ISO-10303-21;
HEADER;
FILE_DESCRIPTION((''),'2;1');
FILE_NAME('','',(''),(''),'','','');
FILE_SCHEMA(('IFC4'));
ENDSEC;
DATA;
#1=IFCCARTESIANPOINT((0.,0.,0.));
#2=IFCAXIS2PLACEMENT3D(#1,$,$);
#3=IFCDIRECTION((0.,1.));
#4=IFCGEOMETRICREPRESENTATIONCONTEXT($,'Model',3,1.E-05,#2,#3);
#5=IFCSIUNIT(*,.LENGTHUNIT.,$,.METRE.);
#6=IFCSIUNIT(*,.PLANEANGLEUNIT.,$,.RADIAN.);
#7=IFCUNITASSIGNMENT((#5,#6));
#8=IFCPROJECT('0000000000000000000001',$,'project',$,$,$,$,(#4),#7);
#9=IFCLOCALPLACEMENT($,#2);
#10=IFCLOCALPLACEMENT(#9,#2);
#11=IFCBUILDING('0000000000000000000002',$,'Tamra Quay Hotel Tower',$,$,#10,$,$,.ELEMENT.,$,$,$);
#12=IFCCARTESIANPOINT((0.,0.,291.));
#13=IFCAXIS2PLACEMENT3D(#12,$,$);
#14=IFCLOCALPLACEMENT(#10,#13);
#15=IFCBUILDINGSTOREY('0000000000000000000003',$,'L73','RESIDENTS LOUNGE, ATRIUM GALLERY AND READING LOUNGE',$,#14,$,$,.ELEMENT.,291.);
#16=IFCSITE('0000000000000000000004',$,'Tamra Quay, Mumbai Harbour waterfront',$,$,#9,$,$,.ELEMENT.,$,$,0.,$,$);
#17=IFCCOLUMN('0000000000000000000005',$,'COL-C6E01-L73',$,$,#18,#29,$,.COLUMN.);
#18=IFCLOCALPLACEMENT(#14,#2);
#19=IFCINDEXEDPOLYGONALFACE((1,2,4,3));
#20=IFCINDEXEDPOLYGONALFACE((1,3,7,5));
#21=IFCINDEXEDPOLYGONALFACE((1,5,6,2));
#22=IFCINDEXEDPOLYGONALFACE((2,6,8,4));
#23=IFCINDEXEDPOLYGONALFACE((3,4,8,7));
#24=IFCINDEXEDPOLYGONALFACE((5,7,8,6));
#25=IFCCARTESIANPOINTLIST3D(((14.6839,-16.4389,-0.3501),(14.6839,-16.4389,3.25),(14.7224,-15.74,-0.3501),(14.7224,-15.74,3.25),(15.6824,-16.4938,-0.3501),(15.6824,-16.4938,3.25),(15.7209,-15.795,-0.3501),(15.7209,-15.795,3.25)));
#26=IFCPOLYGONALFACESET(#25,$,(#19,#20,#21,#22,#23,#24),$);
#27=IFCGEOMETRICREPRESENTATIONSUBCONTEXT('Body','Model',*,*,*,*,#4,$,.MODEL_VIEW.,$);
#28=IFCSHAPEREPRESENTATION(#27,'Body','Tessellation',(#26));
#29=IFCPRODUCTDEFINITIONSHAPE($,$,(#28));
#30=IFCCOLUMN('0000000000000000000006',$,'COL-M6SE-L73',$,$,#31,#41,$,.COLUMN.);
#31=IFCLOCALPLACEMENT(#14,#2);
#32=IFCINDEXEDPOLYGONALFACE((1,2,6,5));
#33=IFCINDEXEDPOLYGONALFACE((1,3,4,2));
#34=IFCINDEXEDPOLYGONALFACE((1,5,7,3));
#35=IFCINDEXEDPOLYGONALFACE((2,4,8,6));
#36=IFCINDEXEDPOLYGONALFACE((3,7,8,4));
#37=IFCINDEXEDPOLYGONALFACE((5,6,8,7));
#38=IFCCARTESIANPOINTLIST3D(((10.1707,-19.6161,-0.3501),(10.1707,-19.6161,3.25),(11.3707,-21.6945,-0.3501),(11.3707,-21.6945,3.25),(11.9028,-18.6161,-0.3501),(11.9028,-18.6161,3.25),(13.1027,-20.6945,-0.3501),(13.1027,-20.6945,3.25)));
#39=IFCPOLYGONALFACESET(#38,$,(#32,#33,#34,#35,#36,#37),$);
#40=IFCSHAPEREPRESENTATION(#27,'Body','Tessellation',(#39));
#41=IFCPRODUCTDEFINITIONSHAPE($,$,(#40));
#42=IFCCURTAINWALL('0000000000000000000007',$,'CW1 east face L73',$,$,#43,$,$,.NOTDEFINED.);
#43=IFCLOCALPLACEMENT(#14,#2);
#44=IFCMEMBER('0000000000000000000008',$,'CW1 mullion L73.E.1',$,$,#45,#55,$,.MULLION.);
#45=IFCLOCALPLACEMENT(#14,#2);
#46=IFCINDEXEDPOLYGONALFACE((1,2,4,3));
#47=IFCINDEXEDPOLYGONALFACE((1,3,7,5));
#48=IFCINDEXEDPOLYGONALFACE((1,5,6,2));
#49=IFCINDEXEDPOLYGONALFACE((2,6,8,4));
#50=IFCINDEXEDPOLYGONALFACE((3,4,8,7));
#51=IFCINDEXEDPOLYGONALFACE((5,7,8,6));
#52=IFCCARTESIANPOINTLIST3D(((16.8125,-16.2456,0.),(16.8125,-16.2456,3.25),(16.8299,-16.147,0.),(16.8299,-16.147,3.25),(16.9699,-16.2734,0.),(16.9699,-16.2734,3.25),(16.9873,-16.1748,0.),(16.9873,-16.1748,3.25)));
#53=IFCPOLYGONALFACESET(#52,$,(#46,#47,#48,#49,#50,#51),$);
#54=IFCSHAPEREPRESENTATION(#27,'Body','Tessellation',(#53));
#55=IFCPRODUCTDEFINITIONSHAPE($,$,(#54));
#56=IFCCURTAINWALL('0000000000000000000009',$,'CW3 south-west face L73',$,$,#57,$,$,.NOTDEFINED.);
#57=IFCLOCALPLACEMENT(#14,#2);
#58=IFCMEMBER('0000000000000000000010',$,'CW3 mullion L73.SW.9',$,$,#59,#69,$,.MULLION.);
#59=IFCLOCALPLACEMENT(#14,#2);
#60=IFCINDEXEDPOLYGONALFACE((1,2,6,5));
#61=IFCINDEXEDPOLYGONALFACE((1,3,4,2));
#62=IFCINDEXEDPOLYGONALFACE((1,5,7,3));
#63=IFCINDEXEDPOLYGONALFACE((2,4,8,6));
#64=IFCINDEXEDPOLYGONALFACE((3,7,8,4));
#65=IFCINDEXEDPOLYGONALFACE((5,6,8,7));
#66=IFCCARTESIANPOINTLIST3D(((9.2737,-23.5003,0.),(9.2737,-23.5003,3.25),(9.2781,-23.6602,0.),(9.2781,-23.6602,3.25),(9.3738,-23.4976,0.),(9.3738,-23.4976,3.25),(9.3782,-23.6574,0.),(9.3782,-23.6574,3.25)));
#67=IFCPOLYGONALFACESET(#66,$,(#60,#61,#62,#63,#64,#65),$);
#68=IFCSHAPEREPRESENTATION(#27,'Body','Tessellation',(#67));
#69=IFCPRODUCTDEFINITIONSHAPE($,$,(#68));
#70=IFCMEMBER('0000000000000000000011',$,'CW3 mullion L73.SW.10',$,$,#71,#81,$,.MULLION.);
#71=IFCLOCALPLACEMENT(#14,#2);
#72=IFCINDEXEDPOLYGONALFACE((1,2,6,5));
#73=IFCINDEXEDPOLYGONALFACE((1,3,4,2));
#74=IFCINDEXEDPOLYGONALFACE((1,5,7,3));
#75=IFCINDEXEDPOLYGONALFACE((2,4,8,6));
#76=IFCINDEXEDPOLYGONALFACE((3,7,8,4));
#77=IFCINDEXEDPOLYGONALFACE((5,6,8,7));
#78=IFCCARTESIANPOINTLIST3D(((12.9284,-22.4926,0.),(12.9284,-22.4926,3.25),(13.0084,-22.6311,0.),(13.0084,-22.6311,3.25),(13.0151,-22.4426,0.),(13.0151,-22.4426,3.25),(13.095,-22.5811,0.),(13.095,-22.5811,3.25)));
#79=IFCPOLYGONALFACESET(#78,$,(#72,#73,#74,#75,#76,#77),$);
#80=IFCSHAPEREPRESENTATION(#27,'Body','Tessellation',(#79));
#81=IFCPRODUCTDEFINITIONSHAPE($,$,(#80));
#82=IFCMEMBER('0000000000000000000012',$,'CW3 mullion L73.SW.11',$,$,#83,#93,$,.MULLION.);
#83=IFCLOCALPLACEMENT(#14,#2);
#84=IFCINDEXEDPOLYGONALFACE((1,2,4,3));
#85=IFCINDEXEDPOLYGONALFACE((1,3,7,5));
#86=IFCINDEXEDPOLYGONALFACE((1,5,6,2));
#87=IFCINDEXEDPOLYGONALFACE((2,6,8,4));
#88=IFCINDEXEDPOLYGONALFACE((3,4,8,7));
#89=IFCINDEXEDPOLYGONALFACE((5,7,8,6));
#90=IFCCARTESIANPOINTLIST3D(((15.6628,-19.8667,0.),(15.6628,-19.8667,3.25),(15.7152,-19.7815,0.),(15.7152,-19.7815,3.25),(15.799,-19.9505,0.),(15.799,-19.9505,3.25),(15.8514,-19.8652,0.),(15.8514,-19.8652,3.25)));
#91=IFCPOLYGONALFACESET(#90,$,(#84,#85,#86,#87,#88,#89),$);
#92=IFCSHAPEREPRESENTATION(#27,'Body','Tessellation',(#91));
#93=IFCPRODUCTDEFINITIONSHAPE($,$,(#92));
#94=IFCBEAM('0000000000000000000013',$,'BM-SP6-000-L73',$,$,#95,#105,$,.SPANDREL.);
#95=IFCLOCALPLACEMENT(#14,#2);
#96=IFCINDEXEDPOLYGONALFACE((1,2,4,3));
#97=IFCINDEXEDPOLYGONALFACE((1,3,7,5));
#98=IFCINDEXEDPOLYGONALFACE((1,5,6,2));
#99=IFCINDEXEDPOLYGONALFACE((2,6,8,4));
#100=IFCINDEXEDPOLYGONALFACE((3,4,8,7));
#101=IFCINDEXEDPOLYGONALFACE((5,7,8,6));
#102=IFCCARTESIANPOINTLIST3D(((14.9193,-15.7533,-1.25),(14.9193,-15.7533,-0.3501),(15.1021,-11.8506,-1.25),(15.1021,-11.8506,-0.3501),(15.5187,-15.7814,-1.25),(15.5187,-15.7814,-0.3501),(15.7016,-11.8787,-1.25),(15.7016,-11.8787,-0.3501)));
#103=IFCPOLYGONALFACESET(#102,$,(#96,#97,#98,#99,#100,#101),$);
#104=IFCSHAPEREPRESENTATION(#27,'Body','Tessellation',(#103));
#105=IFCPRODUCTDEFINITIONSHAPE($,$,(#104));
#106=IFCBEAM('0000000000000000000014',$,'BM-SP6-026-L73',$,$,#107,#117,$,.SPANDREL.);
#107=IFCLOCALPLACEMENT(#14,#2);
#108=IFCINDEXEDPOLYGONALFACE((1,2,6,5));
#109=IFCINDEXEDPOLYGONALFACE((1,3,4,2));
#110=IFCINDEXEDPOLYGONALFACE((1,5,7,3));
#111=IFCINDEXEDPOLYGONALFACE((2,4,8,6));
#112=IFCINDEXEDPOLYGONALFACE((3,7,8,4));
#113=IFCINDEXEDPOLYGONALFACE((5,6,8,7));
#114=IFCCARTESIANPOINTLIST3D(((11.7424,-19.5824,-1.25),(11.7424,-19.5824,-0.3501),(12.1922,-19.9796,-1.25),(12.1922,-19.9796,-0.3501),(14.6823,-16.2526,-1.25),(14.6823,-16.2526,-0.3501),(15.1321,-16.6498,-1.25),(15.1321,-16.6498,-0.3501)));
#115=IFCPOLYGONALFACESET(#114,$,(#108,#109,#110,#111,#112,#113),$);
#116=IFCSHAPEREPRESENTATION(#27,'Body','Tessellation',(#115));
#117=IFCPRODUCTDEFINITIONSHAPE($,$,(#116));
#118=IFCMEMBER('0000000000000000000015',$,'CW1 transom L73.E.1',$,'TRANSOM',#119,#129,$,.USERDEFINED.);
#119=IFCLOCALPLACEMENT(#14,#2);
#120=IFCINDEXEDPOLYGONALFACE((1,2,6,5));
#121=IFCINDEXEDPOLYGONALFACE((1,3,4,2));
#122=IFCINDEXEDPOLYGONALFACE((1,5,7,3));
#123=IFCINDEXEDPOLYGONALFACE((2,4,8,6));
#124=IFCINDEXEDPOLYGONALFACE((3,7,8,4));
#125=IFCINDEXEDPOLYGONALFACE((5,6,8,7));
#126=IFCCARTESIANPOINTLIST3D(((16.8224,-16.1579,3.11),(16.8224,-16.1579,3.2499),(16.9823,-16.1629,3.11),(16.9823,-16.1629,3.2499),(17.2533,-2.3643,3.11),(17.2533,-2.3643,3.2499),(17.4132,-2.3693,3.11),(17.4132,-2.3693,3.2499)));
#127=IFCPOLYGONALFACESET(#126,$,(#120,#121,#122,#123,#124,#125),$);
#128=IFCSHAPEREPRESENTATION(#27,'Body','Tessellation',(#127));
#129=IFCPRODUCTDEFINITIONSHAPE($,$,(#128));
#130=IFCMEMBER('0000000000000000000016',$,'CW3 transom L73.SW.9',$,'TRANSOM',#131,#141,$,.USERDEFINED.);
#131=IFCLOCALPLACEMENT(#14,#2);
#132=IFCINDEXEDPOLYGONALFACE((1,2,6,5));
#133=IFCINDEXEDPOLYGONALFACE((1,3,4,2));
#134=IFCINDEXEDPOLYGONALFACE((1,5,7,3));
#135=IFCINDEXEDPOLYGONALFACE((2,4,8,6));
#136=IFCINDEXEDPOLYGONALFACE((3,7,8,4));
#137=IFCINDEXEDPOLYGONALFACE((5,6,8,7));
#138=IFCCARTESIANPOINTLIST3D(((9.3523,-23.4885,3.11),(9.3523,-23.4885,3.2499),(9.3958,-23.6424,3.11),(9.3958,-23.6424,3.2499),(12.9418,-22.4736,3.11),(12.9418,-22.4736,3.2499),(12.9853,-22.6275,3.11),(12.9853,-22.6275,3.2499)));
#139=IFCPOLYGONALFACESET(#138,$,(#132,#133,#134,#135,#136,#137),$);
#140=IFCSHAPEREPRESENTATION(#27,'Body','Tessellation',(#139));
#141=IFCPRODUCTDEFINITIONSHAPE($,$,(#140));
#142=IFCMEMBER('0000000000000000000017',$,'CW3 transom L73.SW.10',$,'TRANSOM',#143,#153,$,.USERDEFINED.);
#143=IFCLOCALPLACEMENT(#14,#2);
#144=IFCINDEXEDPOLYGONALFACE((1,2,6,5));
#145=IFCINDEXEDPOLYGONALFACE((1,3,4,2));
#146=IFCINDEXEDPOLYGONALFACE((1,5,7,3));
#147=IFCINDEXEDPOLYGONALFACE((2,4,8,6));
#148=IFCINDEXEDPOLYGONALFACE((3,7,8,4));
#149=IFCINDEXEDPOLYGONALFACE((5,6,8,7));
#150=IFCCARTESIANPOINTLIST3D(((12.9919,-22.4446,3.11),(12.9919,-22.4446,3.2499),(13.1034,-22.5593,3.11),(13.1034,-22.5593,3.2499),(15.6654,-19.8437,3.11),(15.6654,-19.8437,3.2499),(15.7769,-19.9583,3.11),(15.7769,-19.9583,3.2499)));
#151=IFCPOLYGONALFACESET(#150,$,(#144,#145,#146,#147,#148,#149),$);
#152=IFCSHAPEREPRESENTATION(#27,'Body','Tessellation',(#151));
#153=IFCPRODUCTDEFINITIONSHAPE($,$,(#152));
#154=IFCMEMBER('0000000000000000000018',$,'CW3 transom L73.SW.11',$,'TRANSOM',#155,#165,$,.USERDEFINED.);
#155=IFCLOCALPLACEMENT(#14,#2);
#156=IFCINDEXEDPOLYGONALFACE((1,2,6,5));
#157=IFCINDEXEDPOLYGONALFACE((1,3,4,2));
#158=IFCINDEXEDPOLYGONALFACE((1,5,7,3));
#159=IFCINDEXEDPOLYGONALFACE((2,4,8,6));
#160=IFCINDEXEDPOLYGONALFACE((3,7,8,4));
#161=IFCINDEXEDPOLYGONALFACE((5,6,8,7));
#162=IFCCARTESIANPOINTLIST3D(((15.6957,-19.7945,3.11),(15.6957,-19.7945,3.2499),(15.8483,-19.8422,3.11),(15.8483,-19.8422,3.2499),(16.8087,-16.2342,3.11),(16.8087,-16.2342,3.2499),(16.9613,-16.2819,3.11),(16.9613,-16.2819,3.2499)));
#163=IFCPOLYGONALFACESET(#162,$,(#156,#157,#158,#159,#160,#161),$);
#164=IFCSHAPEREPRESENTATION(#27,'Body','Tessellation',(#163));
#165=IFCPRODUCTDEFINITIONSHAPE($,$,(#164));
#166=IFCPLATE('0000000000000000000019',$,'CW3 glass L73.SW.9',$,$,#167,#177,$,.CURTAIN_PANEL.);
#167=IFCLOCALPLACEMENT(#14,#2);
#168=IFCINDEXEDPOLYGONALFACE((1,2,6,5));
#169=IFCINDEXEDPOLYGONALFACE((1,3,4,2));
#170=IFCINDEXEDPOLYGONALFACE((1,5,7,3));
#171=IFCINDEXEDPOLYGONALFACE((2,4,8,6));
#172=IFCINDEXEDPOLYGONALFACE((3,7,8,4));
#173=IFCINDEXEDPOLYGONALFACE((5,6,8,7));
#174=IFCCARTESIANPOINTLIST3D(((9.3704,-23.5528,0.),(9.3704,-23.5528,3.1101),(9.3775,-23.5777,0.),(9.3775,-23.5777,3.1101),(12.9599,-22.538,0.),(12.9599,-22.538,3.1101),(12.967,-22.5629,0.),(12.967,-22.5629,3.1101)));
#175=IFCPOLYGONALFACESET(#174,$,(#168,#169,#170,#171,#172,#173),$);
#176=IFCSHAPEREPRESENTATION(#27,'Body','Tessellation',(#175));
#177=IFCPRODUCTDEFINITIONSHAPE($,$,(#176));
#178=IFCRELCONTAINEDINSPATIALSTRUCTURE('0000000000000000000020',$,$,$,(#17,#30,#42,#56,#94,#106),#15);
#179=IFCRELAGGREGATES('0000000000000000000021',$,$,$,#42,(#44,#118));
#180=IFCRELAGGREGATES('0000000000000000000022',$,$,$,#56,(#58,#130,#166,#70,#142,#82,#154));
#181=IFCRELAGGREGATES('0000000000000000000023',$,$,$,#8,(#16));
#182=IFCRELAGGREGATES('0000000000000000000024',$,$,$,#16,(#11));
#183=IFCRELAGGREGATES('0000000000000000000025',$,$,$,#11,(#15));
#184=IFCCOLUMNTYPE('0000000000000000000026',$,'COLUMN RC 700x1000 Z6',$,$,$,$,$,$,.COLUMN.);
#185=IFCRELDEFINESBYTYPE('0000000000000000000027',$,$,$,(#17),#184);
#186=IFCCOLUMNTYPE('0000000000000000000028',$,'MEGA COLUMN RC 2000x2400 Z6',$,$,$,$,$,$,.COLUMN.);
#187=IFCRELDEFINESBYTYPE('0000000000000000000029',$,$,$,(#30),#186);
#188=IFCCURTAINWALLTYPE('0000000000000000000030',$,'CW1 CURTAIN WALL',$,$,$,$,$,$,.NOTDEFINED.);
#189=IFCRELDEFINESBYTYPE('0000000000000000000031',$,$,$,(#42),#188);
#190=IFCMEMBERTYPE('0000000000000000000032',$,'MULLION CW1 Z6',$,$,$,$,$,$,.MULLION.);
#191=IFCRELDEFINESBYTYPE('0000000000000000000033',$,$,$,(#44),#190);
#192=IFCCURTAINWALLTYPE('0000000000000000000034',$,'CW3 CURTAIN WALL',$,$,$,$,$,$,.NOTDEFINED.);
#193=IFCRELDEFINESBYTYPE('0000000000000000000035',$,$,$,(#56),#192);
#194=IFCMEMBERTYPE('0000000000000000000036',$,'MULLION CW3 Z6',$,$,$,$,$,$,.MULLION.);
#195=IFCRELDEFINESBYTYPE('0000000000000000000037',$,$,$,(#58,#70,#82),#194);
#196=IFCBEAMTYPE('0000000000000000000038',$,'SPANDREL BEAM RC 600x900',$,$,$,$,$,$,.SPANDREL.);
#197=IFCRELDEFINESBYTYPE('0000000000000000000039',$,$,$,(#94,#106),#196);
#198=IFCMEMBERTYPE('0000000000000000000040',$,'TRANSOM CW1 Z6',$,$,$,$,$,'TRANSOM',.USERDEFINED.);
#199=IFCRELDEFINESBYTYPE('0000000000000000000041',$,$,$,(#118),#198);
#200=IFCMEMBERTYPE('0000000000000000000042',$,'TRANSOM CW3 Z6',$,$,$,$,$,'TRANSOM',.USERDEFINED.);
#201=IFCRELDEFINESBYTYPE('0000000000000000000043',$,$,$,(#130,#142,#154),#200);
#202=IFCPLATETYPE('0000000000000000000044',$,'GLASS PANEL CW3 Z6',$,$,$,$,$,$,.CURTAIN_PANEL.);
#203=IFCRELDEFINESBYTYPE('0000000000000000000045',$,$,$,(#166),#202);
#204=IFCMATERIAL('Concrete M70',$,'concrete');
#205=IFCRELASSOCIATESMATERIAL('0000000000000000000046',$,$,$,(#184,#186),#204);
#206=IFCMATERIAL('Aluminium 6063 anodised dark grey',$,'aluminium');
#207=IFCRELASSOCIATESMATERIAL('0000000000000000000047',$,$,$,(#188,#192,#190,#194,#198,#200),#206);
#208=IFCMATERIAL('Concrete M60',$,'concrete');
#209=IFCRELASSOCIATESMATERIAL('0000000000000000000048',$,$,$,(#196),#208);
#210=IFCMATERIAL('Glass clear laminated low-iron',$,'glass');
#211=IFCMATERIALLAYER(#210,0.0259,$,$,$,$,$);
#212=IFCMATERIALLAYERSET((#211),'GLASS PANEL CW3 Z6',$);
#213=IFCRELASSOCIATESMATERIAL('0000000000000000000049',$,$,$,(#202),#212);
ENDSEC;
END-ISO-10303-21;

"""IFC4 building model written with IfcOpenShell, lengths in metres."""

from ifc_helpers import new_model, si_unit, direction, frame, origin, origin_2d, place, context, subcontext, project, spatial, rectangle, extrude, material, layer, layer_set, material_profile, profile_set, type_object, element, aggregate, save


model = new_model("IFC4")

# Units and contexts
model_context = context("Model", 3, precision=1e-05, world=origin(), true_north=direction((0.0, 1.0)))
body_context = subcontext(model_context, "Body", "Model", "MODEL_VIEW")
ifc_project = project(units=[si_unit("LENGTHUNIT", "METRE"), si_unit("PLANEANGLEUNIT", "RADIAN")], contexts=[model_context])

# Site, building, storey
site_placement = place(None, origin())
site = spatial("IfcSite", under=ifc_project, at=site_placement, Name="Tamra Quay, Mumbai Harbour waterfront", CompositionType="ELEMENT", RefElevation=0.0)
building_placement = place(site_placement, origin())
building = spatial("IfcBuilding", under=site, at=building_placement, Name="Tamra Quay Hotel Tower", CompositionType="ELEMENT")
storey_placement = place(building_placement, frame((0.0, 0.0, 291.0)))
storey = spatial("IfcBuildingStorey", under=building, at=storey_placement, Name="L73", Description="RESIDENTS LOUNGE, ATRIUM GALLERY AND READING LOUNGE", CompositionType="ELEMENT", Elevation=291.0)

# Columns
ifc_material_1 = material(Name="Concrete M70", Category="concrete")
ifc_material_profile_1 = material_profile(ifc_material_1, rectangle(XDim=1.0, YDim=0.7, at=origin_2d()), Name="COLUMN RC 700x1000 Z6")
ifc_profile_set_1 = profile_set([ifc_material_profile_1], Name="Concrete M70")
column_type_1 = type_object("IfcColumnType", Name="COLUMN RC 700x1000 Z6", PredefinedType="COLUMN", material=ifc_profile_set_1)
column_1_placement = place(storey_placement, frame((15.2024, -16.1169, -0.3501), z_axis=(0.0, 0.0, 1.0), x_axis=(-0.998491, 0.054917, 0.0)))
element("IfcColumn", 1, at=column_1_placement, inside=storey, type_object=column_type_1, Name="COL-C6E01-L73", PredefinedType="COLUMN", context=body_context, shape_type="SweptSolid", body=[
    extrude(rectangle(XDim=1.0, YDim=0.7, at=origin_2d()), origin(), (0.0, 0.0, 1.0), 3.6001),
])
ifc_material_profile_2 = material_profile(ifc_material_1, rectangle(XDim=2.3999, YDim=2.0, at=origin_2d()), Name="MEGA COLUMN RC 2000x2400 Z6")
ifc_profile_set_2 = profile_set([ifc_material_profile_2], Name="Concrete M70")
column_type_2 = type_object("IfcColumnType", Name="MEGA COLUMN RC 2000x2400 Z6", PredefinedType="COLUMN", material=ifc_profile_set_2)
column_2_placement = place(storey_placement, frame((11.6367, -20.1553, -0.3501), z_axis=(0.0, 0.0, 1.0), x_axis=(-0.5, 0.866025, 0.0)))
element("IfcColumn", 2, at=column_2_placement, inside=storey, type_object=column_type_2, Name="COL-M6SE-L73", PredefinedType="COLUMN", context=body_context, shape_type="SweptSolid", body=[
    extrude(rectangle(XDim=2.3999, YDim=2.0, at=origin_2d()), origin(), (0.0, 0.0, 1.0), 3.6001),
])

# Curtain wall, member
ifc_material_2 = material(Name="Aluminium 6063 anodised dark grey", Category="aluminium")
curtain_wall_type_1 = type_object("IfcCurtainWallType", Name="CW1 CURTAIN WALL", PredefinedType="NOTDEFINED", material=ifc_material_2)
curtain_wall_1_placement = place(storey_placement, origin())
curtain_wall_1 = element("IfcCurtainWall", 3, at=curtain_wall_1_placement, inside=storey, type_object=curtain_wall_type_1, Name="CW1 east face L73", PredefinedType="NOTDEFINED")
ifc_material_profile_3 = material_profile(ifc_material_2, rectangle(XDim=0.1599, YDim=0.1001, at=origin_2d()), Name="MULLION 100X160")
ifc_profile_set_3 = profile_set([ifc_material_profile_3], Name="Aluminium 6063 anodised dark grey")
member_type_1 = type_object("IfcMemberType", Name="MULLION CW1 Z6", PredefinedType="MULLION", material=ifc_profile_set_3)
member_1_placement = place(storey_placement, frame((16.8999, -16.2102, 0.0), z_axis=(0.0, 0.0, 1.0), x_axis=(0.98474, -0.174032, 0.0)))
member_1 = element("IfcMember", 4, at=member_1_placement, type_object=member_type_1, Name="CW1 mullion L73.E.1", PredefinedType="MULLION", context=body_context, shape_type="SweptSolid", body=[
    extrude(rectangle(XDim=0.1599, YDim=0.1001, at=origin_2d()), origin(), (0.0, 0.0, 1.0), 3.25),
])

# Curtain wall, members
curtain_wall_type_2 = type_object("IfcCurtainWallType", Name="CW3 CURTAIN WALL", PredefinedType="NOTDEFINED", material=ifc_material_2)
curtain_wall_2_placement = place(storey_placement, origin())
curtain_wall_2 = element("IfcCurtainWall", 5, at=curtain_wall_2_placement, inside=storey, type_object=curtain_wall_type_2, Name="CW3 south-west face L73", PredefinedType="NOTDEFINED")
ifc_material_profile_4 = material_profile(ifc_material_2, rectangle(XDim=0.1599, YDim=0.1001, at=origin_2d()), Name="MULLION 100X160")
ifc_profile_set_4 = profile_set([ifc_material_profile_4], Name="Aluminium 6063 anodised dark grey")
member_type_2 = type_object("IfcMemberType", Name="MULLION CW3 Z6", PredefinedType="MULLION", material=ifc_profile_set_4)
member_2_placement = place(storey_placement, frame((9.3259, -23.5789, 0.0), z_axis=(0.0, 0.0, 1.0), x_axis=(0.027469, -0.999623, 0.0)))
member_2 = element("IfcMember", 6, at=member_2_placement, type_object=member_type_2, Name="CW3 mullion L73.SW.9", PredefinedType="MULLION", context=body_context, shape_type="SweptSolid", body=[
    extrude(rectangle(XDim=0.1599, YDim=0.1001, at=origin_2d()), origin(), (0.0, 0.0, 1.0), 3.25),
])
member_3_placement = place(storey_placement, frame((13.0117, -22.5369, 0.0), z_axis=(0.0, 0.0, 1.0), x_axis=(0.5, -0.866025, 0.0)))
member_3 = element("IfcMember", 7, at=member_3_placement, type_object=member_type_2, Name="CW3 mullion L73.SW.10", PredefinedType="MULLION", context=body_context, shape_type="SweptSolid", body=[
    extrude(rectangle(XDim=0.1599, YDim=0.1001, at=origin_2d()), origin(), (0.0, 0.0, 1.0), 3.25),
])
member_4_placement = place(storey_placement, frame((15.7571, -19.866, 0.0), z_axis=(0.0, 0.0, 1.0), x_axis=(0.851964, -0.5236, 0.0)))
member_4 = element("IfcMember", 8, at=member_4_placement, type_object=member_type_2, Name="CW3 mullion L73.SW.11", PredefinedType="MULLION", context=body_context, shape_type="SweptSolid", body=[
    extrude(rectangle(XDim=0.1599, YDim=0.1001, at=origin_2d()), origin(), (0.0, 0.0, 1.0), 3.25),
])

# Beams
ifc_material_3 = material(Name="Concrete M60", Category="concrete")
ifc_material_profile_5 = material_profile(ifc_material_3, rectangle(XDim=0.6001, YDim=0.8999, at=origin_2d()), Name="SPANDREL BEAM RC 600x900")
ifc_profile_set_5 = profile_set([ifc_material_profile_5], Name="Concrete M60")
beam_type = type_object("IfcBeamType", Name="SPANDREL BEAM RC 600x900", PredefinedType="SPANDREL", material=ifc_profile_set_5)
beam_1_placement = place(storey_placement, frame((15.219, -15.7673, -0.8), z_axis=(0.046805, 0.998904, 0.0), x_axis=(-0.998904, 0.046805, 0.0)))
element("IfcBeam", 9, at=beam_1_placement, inside=storey, type_object=beam_type, Name="BM-SP6-000-L73", PredefinedType="SPANDREL", context=body_context, shape_type="SweptSolid", body=[
    extrude(rectangle(XDim=0.6001, YDim=0.8999, at=origin_2d()), origin(), (0.0, 0.0, 1.0), 3.907),
])
beam_2_placement = place(storey_placement, frame((11.9673, -19.781, -0.8), z_axis=(0.661856, 0.749631, 0.0), x_axis=(-0.749631, 0.661856, 0.0)))
element("IfcBeam", 10, at=beam_2_placement, inside=storey, type_object=beam_type, Name="BM-SP6-026-L73", PredefinedType="SPANDREL", context=body_context, shape_type="SweptSolid", body=[
    extrude(rectangle(XDim=0.6001, YDim=0.8999, at=origin_2d()), origin(), (0.0, 0.0, 1.0), 4.4419),
])

# Members
ifc_material_profile_6 = material_profile(ifc_material_2, rectangle(XDim=0.1599, YDim=0.1399, at=origin_2d()), Name="TRANSOM 160X140")
ifc_profile_set_6 = profile_set([ifc_material_profile_6], Name="Aluminium 6063 anodised dark grey")
member_type_3 = type_object("IfcMemberType", Name="TRANSOM CW1 Z6", ElementType="TRANSOM", PredefinedType="USERDEFINED", material=ifc_profile_set_6)
member_5_placement = place(storey_placement, frame((16.9023, -16.1604, 3.1799), z_axis=(0.031225, 0.999512, 0.0), x_axis=(-0.999512, 0.031225, 0.0)))
member_5 = element("IfcMember", 11, at=member_5_placement, type_object=member_type_3, Name="CW1 transom L73.E.1", ObjectType="TRANSOM", PredefinedType="USERDEFINED", context=body_context, shape_type="SweptSolid", body=[
    extrude(rectangle(XDim=0.1599, YDim=0.1399, at=origin_2d()), origin(), (0.0, 0.0, 1.0), 13.8003),
])
aggregate(curtain_wall_1, [member_1, member_5])
ifc_material_profile_7 = material_profile(ifc_material_2, rectangle(XDim=0.1599, YDim=0.1399, at=origin_2d()), Name="TRANSOM 160X140")
ifc_profile_set_7 = profile_set([ifc_material_profile_7], Name="Aluminium 6063 anodised dark grey")
member_type_4 = type_object("IfcMemberType", Name="TRANSOM CW3 Z6", ElementType="TRANSOM", PredefinedType="USERDEFINED", material=ifc_profile_set_7)
member_6_placement = place(storey_placement, frame((9.374, -23.5654, 3.1799), z_axis=(0.962278, 0.272066, 0.0), x_axis=(-0.272066, 0.962278, 0.0)))
member_6 = element("IfcMember", 12, at=member_6_placement, type_object=member_type_4, Name="CW3 transom L73.SW.9", ObjectType="TRANSOM", PredefinedType="USERDEFINED", context=body_context, shape_type="SweptSolid", body=[
    extrude(rectangle(XDim=0.1599, YDim=0.1399, at=origin_2d()), origin(), (0.0, 0.0, 1.0), 3.7302),
])
member_7_placement = place(storey_placement, frame((13.0476, -22.502, 3.1799), z_axis=(0.71676, 0.69732, 0.0), x_axis=(-0.69732, 0.71676, 0.0)))
member_7 = element("IfcMember", 13, at=member_7_placement, type_object=member_type_4, Name="CW3 transom L73.SW.10", ObjectType="TRANSOM", PredefinedType="USERDEFINED", context=body_context, shape_type="SweptSolid", body=[
    extrude(rectangle(XDim=0.1599, YDim=0.1399, at=origin_2d()), origin(), (0.0, 0.0, 1.0), 3.73),
])
member_8_placement = place(storey_placement, frame((15.772, -19.8184, 3.1799), z_axis=(0.298383, 0.954446, 0.0), x_axis=(-0.954446, 0.298383, 0.0)))
member_8 = element("IfcMember", 14, at=member_8_placement, type_object=member_type_4, Name="CW3 transom L73.SW.11", ObjectType="TRANSOM", PredefinedType="USERDEFINED", context=body_context, shape_type="SweptSolid", body=[
    extrude(rectangle(XDim=0.1599, YDim=0.1399, at=origin_2d()), origin(), (0.0, 0.0, 1.0), 3.7302),
])

# Plate
ifc_material_4 = material(Name="Glass clear laminated low-iron", Category="glass")
ifc_layer_1 = layer(ifc_material_4, 0.0259)
ifc_layer_set_1 = layer_set([ifc_layer_1], Name="GLASS PANEL CW3 Z6")
plate_type = type_object("IfcPlateType", Name="GLASS PANEL CW3 Z6", PredefinedType="CURTAIN_PANEL", material=ifc_layer_set_1)
plate_1_placement = place(storey_placement, frame((11.1687, -23.0579, 0.0), z_axis=(0.0, 0.0, 1.0), x_axis=(0.96228, 0.272062, 0.0)))
plate_1 = element("IfcPlate", 15, at=plate_1_placement, type_object=plate_type, Name="CW3 glass L73.SW.9", PredefinedType="CURTAIN_PANEL", context=body_context, shape_type="SweptSolid", body=[
    extrude(rectangle(XDim=3.7302, YDim=0.0259, at=origin_2d()), origin(), (0.0, 0.0, 1.0), 3.1101),
])
aggregate(curtain_wall_2, [member_2, member_6, plate_1, member_3, member_7, member_4, member_8])

save(model, "model.ifc")
